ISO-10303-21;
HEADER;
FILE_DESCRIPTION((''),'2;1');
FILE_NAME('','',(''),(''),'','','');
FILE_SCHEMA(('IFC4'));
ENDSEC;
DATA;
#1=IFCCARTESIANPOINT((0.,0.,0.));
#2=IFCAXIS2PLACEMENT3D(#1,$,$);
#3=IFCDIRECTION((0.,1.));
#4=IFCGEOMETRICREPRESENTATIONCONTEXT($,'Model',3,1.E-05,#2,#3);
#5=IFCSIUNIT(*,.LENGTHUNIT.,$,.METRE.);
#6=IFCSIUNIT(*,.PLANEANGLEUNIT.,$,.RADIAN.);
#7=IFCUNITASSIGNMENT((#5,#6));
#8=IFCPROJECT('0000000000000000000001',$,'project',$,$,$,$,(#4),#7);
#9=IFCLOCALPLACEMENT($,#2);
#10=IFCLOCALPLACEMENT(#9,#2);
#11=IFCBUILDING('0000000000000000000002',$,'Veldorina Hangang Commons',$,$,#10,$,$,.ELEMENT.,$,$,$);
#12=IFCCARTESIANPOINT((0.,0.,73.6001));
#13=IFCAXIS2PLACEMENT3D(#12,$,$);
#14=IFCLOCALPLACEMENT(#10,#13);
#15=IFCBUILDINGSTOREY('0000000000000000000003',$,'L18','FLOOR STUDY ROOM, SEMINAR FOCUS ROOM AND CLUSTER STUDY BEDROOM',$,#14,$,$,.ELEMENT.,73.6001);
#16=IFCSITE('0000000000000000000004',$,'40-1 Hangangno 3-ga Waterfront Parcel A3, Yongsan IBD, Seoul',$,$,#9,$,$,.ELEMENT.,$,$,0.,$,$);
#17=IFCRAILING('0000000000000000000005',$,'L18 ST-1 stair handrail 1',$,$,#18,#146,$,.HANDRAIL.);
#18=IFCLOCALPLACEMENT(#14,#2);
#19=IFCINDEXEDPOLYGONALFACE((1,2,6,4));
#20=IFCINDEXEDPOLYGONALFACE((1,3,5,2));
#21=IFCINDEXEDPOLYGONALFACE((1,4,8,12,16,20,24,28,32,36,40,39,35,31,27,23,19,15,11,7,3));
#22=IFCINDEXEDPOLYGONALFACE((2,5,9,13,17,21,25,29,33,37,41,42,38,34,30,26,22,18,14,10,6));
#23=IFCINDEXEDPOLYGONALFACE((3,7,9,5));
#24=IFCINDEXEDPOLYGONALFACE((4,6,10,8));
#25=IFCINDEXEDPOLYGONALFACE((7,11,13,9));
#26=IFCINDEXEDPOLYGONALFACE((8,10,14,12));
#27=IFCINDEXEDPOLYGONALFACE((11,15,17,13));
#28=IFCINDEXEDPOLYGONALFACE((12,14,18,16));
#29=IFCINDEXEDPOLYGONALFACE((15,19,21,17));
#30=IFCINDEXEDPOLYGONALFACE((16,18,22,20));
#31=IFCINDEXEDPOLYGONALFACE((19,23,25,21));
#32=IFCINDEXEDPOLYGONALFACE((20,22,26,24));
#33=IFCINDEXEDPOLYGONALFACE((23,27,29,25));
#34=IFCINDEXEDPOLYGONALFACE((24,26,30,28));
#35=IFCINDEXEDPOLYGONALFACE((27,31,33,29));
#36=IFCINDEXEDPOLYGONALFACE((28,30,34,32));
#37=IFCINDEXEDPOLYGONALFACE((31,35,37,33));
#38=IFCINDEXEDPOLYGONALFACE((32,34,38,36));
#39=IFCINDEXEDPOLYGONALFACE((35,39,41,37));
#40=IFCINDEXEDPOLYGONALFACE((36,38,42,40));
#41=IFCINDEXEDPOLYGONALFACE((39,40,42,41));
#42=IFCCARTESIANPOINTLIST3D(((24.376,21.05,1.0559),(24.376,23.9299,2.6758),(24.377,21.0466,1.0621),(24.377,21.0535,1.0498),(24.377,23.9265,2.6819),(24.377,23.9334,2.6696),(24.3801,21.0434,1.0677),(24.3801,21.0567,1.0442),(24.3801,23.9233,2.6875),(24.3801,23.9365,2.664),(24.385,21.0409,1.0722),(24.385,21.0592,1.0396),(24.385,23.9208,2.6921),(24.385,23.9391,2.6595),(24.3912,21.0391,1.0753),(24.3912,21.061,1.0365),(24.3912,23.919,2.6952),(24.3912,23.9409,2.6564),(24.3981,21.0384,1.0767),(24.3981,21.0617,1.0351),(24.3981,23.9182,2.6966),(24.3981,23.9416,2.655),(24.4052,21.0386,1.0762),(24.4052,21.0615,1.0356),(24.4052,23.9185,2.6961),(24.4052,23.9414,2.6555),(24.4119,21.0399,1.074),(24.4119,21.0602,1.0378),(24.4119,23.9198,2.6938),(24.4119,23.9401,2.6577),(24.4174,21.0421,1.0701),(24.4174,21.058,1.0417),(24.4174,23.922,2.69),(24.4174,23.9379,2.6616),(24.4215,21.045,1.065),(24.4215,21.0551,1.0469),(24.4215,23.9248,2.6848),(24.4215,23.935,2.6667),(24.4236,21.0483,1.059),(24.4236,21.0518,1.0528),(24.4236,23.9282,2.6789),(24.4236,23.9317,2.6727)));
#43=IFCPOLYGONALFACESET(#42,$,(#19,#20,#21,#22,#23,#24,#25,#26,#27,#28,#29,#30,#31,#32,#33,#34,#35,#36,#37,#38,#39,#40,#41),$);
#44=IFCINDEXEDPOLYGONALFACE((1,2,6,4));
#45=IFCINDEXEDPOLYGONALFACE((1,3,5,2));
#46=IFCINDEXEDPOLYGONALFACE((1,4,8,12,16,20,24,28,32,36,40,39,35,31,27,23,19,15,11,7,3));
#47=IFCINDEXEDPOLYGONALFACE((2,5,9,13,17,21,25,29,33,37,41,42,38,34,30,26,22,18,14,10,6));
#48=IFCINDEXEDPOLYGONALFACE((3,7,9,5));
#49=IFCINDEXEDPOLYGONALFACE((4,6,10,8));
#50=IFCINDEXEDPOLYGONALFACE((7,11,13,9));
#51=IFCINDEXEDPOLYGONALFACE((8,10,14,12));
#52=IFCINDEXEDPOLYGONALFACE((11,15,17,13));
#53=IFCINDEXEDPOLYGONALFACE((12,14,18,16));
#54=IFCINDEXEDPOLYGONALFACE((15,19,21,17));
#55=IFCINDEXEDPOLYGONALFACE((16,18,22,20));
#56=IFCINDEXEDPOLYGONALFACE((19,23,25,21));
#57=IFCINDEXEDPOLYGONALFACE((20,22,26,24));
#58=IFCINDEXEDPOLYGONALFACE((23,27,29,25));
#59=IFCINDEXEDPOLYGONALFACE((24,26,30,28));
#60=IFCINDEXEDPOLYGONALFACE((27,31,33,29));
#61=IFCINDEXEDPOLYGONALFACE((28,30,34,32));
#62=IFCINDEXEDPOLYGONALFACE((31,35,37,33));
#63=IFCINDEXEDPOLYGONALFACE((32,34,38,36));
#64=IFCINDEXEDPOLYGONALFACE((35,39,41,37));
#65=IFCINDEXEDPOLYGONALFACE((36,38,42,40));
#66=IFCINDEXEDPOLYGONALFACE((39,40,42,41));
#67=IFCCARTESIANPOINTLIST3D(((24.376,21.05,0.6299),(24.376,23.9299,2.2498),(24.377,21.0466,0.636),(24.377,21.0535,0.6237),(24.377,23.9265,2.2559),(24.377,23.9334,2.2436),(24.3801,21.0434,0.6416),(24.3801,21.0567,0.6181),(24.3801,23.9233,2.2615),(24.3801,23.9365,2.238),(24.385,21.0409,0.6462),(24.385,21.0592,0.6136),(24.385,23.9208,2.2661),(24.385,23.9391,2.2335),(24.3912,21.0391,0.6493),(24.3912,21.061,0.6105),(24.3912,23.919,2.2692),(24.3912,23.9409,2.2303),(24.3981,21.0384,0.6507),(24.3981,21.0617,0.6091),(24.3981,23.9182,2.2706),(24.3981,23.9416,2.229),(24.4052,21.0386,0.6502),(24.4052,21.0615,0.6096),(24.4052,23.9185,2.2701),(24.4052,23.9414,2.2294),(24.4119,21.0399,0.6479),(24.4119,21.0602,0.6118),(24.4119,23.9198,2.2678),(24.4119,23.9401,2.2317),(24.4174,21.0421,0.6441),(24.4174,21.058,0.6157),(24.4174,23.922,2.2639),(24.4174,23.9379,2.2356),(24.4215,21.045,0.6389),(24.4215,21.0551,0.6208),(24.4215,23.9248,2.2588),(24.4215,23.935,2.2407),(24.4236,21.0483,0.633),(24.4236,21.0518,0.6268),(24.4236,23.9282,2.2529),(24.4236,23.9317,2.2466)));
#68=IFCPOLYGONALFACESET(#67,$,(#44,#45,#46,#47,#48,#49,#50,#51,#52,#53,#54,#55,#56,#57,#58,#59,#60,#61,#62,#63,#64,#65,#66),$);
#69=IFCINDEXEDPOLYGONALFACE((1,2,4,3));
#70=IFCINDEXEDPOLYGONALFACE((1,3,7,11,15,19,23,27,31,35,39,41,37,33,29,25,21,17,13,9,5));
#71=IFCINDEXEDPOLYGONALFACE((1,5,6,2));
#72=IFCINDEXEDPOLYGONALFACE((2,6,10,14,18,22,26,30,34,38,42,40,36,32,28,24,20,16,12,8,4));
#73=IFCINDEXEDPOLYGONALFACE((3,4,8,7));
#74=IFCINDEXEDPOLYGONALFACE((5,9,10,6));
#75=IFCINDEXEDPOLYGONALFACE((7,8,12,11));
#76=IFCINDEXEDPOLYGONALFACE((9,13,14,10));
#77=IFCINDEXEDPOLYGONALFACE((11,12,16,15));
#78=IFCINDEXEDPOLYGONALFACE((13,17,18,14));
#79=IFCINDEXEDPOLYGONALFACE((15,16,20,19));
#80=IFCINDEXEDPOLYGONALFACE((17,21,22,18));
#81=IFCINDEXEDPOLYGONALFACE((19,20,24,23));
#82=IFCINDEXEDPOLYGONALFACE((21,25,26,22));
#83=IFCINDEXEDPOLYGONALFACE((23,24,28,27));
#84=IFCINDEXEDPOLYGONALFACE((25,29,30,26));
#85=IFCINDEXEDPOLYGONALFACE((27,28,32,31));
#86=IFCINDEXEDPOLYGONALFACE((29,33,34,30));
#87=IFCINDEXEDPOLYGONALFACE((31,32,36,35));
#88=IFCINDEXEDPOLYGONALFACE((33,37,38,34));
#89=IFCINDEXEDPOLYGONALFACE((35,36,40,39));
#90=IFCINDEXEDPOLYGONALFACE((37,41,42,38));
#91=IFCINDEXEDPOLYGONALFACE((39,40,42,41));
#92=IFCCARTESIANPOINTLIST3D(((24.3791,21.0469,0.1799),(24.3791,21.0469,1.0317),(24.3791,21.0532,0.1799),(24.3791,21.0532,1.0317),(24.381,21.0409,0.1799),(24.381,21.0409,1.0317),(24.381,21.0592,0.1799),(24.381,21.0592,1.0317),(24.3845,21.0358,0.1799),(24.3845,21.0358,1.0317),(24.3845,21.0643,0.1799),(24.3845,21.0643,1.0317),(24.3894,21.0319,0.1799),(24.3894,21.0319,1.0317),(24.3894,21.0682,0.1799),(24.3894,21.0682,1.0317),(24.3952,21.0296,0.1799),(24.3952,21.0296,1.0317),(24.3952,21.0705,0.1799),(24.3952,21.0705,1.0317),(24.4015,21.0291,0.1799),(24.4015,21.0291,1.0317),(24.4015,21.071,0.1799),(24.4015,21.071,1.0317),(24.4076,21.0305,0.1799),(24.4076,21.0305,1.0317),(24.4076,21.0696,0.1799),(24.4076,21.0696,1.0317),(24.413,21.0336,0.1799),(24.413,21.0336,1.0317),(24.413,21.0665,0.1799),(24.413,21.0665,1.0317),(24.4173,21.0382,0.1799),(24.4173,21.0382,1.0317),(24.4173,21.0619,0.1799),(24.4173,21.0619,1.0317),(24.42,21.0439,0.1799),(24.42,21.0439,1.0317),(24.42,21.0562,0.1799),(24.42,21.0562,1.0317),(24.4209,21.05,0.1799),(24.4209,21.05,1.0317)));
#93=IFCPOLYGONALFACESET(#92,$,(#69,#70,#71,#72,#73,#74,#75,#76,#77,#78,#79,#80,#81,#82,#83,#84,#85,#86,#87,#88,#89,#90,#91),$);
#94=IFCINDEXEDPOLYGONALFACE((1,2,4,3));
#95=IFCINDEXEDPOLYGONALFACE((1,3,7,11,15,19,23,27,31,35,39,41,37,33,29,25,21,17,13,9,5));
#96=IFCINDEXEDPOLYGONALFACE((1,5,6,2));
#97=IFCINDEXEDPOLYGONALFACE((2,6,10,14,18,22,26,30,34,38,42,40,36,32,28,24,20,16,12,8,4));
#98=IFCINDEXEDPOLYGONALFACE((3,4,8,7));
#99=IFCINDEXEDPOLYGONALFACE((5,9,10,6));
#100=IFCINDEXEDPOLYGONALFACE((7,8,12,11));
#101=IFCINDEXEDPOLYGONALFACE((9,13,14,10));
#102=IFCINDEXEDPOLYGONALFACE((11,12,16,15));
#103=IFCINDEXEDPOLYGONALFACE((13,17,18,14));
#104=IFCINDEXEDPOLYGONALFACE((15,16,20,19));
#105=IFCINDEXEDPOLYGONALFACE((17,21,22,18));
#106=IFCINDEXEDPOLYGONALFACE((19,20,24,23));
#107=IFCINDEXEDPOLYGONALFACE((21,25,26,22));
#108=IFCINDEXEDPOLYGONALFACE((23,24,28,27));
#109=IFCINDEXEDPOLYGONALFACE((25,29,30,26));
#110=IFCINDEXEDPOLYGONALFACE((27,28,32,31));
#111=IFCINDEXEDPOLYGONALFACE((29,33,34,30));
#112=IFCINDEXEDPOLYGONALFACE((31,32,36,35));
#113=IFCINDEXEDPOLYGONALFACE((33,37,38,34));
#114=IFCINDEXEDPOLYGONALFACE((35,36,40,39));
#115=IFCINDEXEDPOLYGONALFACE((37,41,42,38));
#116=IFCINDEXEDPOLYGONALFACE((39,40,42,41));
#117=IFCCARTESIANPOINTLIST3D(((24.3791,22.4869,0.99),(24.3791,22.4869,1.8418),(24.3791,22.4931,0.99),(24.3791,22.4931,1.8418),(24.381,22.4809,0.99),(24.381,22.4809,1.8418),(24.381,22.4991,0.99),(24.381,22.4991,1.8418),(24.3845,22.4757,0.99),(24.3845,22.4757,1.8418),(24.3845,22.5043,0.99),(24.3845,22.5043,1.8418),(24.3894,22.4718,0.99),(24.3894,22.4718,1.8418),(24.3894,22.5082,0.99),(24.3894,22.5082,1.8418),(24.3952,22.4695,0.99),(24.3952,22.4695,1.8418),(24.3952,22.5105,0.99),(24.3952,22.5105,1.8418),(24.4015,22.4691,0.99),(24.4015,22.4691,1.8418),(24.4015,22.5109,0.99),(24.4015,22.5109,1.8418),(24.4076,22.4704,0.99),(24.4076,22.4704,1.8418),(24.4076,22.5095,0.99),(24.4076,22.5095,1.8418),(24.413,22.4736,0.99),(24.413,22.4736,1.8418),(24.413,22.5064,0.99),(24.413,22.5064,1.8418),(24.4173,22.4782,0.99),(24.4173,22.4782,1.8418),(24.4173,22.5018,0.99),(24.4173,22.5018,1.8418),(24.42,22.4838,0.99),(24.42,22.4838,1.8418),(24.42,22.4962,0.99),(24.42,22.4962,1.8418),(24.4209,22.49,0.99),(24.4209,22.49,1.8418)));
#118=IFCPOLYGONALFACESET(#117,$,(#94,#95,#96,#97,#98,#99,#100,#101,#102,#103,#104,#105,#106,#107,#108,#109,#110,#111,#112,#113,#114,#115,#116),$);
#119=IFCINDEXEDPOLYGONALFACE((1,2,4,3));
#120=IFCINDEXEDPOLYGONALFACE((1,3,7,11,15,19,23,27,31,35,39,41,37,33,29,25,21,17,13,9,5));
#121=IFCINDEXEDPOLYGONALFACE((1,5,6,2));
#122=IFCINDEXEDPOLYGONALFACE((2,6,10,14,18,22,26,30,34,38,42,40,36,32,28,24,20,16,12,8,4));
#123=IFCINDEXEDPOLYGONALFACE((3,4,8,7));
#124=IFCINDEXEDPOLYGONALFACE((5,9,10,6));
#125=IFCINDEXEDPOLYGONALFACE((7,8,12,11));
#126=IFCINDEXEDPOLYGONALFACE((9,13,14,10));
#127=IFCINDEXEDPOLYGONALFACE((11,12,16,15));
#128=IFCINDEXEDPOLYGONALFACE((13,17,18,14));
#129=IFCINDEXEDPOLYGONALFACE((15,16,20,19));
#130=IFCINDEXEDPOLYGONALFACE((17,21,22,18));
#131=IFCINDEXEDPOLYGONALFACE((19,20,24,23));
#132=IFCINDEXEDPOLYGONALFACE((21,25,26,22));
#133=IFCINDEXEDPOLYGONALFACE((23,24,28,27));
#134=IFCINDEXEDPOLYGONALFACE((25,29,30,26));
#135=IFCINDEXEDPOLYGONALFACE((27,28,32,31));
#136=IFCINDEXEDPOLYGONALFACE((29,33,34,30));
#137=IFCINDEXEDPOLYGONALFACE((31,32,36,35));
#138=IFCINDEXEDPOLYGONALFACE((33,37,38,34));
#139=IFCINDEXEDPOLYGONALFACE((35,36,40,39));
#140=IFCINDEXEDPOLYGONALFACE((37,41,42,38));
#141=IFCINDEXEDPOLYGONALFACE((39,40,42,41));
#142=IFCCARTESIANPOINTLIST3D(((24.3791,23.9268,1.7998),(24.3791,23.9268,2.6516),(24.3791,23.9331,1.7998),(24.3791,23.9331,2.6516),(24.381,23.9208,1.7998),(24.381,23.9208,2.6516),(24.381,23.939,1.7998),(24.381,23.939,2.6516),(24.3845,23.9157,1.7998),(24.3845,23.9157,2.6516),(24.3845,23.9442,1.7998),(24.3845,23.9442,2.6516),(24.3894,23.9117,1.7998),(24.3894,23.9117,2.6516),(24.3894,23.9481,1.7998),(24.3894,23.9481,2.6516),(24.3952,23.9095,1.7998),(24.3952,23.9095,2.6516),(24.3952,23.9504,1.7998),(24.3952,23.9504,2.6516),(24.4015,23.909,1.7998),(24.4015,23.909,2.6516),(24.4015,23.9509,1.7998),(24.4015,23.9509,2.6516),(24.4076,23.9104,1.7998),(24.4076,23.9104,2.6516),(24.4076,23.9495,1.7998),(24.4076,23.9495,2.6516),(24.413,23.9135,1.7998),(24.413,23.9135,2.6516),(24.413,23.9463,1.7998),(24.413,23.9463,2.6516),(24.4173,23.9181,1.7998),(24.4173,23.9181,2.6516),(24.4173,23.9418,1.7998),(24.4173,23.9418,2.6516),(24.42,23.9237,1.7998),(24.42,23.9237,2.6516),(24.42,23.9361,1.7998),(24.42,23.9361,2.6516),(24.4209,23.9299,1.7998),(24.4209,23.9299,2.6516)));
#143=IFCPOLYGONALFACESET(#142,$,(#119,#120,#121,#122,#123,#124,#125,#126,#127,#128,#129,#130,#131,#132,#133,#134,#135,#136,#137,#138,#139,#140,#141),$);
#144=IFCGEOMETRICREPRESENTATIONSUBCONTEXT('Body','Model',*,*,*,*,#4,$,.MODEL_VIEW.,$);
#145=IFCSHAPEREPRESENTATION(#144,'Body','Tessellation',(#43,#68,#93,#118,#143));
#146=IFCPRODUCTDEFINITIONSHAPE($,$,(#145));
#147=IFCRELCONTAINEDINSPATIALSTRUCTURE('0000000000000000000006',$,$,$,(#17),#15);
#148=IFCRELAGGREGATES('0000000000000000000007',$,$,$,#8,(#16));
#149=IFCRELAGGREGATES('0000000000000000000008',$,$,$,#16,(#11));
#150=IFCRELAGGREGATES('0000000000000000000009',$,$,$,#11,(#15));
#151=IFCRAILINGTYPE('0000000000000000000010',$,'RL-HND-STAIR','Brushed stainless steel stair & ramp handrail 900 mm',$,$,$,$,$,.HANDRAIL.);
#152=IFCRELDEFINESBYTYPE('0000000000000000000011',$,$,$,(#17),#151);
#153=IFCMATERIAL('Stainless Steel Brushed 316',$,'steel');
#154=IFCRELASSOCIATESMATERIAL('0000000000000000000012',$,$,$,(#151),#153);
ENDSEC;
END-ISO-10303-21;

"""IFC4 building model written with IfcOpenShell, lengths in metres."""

from ifc_helpers import new_model, si_unit, direction, frame, origin, origin_2d, place, context, subcontext, project, spatial, circle, extrude, material, type_object, element, save


model = new_model("IFC4")

# Units and contexts
model_context = context("Model", 3, precision=1e-05, world=origin(), true_north=direction((0.0, 1.0)))
body_context = subcontext(model_context, "Body", "Model", "MODEL_VIEW")
ifc_project = project(units=[si_unit("LENGTHUNIT", "METRE"), si_unit("PLANEANGLEUNIT", "RADIAN")], contexts=[model_context])

# Site, building, storey
site_placement = place(None, origin())
site = spatial("IfcSite", under=ifc_project, at=site_placement, Name="40-1 Hangangno 3-ga Waterfront Parcel A3, Yongsan IBD, Seoul", CompositionType="ELEMENT", RefElevation=0.0)
building_placement = place(site_placement, origin())
building = spatial("IfcBuilding", under=site, at=building_placement, Name="Veldorina Hangang Commons", CompositionType="ELEMENT")
storey_placement = place(building_placement, frame((0.0, 0.0, 73.6001)))
storey = spatial("IfcBuildingStorey", under=building, at=storey_placement, Name="L18", Description="FLOOR STUDY ROOM, SEMINAR FOCUS ROOM AND CLUSTER STUDY BEDROOM", CompositionType="ELEMENT", Elevation=73.6001)

# Railing
ifc_material_1 = material(Name="Stainless Steel Brushed 316", Category="steel")
railing_type_1 = type_object("IfcRailingType", Name="RL-HND-STAIR", Description="Brushed stainless steel stair & ramp handrail 900 mm", PredefinedType="HANDRAIL", material=ifc_material_1)
railing_1_placement = place(storey_placement, frame((24.3999, 21.05, 0.1799)))
element("IfcRailing", 1, at=railing_1_placement, inside=storey, type_object=railing_type_1, Name="L18 ST-1 stair handrail 1", PredefinedType="HANDRAIL", context=body_context, shape_type="SweptSolid", body=[
    extrude(circle(Radius=0.0239, at=origin_2d()), frame((0.0, 0.0, 0.876), z_axis=(0.0, 0.871583, 0.490247), x_axis=(-1.0, 0.0, 0.0)), (0.0, 0.0, 1.0), 3.3042),
    extrude(circle(Radius=0.0239, at=origin_2d()), frame((0.0, 0.0, 0.45), z_axis=(0.0, 0.871583, 0.490247), x_axis=(-1.0, 0.0, 0.0)), (0.0, 0.0, 1.0), 3.3042),
    extrude(circle(Radius=0.021, at=origin_2d()), origin(), (0.0, 0.0, 1.0), 0.8518),
    extrude(circle(Radius=0.021, at=origin_2d()), frame((0.0, 1.4399, 0.8101)), (0.0, 0.0, 1.0), 0.8518),
    extrude(circle(Radius=0.021, at=origin_2d()), frame((0.0, 2.8799, 1.6199)), (0.0, 0.0, 1.0), 0.8518),
])

save(model, "model.ifc")
